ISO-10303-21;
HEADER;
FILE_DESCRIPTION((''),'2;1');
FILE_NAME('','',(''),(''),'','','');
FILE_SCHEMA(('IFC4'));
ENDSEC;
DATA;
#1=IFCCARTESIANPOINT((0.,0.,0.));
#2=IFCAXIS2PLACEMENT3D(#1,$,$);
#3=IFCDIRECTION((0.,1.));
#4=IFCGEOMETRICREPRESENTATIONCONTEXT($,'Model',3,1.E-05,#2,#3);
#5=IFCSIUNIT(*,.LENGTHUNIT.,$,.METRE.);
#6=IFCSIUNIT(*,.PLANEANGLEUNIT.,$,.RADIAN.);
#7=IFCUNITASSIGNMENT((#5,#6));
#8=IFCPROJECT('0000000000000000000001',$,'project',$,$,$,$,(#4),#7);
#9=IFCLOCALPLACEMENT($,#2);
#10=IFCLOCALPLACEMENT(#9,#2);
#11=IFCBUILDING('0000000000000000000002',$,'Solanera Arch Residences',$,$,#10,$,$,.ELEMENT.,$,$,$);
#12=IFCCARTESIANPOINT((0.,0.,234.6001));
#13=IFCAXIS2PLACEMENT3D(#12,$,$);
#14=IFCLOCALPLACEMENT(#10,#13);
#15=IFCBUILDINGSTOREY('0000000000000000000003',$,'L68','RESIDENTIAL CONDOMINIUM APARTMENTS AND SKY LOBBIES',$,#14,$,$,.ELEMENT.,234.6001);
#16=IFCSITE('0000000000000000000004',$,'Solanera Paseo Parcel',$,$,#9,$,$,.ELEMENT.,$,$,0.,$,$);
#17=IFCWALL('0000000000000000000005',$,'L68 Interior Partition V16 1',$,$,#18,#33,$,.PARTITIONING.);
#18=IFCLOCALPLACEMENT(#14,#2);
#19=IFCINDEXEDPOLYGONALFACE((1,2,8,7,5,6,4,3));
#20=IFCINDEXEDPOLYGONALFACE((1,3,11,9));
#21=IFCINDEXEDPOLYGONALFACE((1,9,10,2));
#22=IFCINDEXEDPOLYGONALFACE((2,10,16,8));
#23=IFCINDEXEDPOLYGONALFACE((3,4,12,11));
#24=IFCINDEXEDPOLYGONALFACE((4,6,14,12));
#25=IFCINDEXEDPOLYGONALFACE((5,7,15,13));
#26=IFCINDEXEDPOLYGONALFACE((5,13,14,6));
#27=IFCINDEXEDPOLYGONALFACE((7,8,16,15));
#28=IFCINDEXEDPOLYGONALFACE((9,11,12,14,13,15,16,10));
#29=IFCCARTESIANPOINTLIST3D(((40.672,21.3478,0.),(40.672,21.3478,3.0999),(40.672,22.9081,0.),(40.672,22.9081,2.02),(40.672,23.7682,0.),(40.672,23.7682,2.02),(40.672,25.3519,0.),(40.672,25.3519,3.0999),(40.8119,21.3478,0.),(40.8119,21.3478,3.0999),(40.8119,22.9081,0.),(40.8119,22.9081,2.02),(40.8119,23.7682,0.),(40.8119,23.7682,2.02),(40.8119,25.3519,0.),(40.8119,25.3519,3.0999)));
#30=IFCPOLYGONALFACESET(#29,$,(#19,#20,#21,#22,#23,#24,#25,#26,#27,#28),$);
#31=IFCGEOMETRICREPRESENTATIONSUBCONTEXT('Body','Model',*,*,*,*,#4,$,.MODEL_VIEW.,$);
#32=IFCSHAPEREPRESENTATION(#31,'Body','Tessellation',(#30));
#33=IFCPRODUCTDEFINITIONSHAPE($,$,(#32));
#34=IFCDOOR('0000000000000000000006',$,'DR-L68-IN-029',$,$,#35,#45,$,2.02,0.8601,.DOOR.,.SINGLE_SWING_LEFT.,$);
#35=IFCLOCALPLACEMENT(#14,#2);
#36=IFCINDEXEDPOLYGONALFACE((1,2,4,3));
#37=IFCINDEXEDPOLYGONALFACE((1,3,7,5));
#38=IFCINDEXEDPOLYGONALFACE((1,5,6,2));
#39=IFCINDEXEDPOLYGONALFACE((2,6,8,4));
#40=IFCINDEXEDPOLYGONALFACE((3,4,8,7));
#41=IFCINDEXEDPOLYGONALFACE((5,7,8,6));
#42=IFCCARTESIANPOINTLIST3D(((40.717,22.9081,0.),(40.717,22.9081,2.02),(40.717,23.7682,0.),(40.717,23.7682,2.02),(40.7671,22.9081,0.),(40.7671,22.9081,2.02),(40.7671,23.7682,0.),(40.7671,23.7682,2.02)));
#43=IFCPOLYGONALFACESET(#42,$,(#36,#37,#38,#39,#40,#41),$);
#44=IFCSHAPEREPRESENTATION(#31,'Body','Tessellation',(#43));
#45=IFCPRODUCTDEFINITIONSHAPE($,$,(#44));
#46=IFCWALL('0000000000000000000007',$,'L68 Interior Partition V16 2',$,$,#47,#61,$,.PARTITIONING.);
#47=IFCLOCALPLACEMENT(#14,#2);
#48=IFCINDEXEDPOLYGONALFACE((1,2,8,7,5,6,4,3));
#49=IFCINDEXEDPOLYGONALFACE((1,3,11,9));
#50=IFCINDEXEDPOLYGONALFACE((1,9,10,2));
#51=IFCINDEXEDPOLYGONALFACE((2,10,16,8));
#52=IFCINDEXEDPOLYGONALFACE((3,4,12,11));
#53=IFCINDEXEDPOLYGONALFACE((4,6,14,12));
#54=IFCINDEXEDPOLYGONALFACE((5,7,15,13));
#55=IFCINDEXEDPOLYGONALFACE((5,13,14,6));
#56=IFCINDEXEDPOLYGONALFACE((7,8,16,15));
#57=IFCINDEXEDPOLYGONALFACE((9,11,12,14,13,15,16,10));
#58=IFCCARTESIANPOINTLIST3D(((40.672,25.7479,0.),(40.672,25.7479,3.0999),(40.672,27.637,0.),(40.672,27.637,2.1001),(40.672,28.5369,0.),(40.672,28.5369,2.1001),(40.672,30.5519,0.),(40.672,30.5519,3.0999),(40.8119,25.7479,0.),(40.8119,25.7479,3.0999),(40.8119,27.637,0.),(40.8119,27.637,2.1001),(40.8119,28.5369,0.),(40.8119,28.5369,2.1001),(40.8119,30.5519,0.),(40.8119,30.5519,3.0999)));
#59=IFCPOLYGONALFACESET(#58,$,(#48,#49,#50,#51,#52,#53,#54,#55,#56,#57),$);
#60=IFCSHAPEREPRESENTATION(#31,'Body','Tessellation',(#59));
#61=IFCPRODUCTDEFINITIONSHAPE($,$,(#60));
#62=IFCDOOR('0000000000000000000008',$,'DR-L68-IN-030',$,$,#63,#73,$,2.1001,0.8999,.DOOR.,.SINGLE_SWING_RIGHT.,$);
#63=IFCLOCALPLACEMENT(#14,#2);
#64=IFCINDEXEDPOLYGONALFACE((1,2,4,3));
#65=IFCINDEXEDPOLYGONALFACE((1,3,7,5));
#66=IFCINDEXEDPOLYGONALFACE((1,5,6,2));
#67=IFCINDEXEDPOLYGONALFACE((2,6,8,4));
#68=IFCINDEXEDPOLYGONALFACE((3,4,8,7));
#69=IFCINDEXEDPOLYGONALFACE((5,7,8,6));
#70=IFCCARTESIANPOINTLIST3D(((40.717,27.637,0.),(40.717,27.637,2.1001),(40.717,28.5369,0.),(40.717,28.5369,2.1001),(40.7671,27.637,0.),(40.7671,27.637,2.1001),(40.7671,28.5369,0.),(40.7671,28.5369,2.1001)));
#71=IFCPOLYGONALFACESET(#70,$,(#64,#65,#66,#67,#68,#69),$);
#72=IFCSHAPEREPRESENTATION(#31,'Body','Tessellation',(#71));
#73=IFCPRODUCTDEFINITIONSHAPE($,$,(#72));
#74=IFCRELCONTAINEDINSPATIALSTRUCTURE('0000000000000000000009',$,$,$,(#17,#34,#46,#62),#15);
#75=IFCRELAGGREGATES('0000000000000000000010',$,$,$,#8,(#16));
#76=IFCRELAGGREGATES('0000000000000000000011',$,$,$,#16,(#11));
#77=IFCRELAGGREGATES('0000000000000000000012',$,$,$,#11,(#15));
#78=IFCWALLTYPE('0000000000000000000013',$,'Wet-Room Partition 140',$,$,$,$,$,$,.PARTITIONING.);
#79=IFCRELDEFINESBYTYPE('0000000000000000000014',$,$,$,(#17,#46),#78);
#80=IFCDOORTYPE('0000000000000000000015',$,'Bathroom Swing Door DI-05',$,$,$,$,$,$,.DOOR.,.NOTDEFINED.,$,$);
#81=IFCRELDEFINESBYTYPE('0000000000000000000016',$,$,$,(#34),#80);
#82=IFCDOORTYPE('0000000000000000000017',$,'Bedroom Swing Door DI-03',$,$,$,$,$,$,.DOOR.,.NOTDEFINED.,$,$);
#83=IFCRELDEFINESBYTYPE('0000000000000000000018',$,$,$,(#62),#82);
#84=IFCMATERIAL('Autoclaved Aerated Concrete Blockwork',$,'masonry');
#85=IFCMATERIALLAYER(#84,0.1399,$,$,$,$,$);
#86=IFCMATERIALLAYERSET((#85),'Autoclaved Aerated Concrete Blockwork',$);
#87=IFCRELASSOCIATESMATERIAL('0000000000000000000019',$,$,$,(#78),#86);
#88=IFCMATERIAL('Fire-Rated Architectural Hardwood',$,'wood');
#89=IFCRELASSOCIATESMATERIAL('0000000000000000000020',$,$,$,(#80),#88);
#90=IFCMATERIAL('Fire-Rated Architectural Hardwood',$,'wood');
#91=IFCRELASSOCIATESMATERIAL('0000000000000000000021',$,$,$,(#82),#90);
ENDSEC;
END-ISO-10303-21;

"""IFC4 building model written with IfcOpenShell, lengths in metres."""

from ifc_helpers import new_model, si_unit, direction, frame, frame_2d, origin, place, context, subcontext, project, spatial, rectangle, extrude, material, layer, layer_set, type_object, element, fill, save


model = new_model("IFC4")

# Units and contexts
model_context = context("Model", 3, precision=1e-05, world=origin(), true_north=direction((0.0, 1.0)))
body_context = subcontext(model_context, "Body", "Model", "MODEL_VIEW")
ifc_project = project(units=[si_unit("LENGTHUNIT", "METRE"), si_unit("PLANEANGLEUNIT", "RADIAN")], contexts=[model_context])

# Site, building, storey
site_placement = place(None, origin())
site = spatial("IfcSite", under=ifc_project, at=site_placement, Name="Solanera Paseo Parcel", CompositionType="ELEMENT", RefElevation=0.0)
building_placement = place(site_placement, origin())
building = spatial("IfcBuilding", under=site, at=building_placement, Name="Solanera Arch Residences", CompositionType="ELEMENT")
storey_placement = place(building_placement, frame((0.0, 0.0, 234.6001)))
storey = spatial("IfcBuildingStorey", under=building, at=storey_placement, Name="L68", Description="RESIDENTIAL CONDOMINIUM APARTMENTS AND SKY LOBBIES", CompositionType="ELEMENT", Elevation=234.6001)

# Shared definitions
ifc_material_1 = material(Name="Autoclaved Aerated Concrete Blockwork", Category="masonry")
ifc_layer_1 = layer(ifc_material_1, 0.1399)
ifc_layer_set_1 = layer_set([ifc_layer_1], Name="Autoclaved Aerated Concrete Blockwork")
wall_type_1 = type_object("IfcWallType", Name="Wet-Room Partition 140", PredefinedType="PARTITIONING", material=ifc_layer_set_1)

# Walls, openings, doors
wall_1_placement = place(storey_placement, frame((40.7419, 21.3479, 0.0), z_axis=(0.0, 0.0, 1.0), x_axis=(0.0, 1.0, 0.0)))
wall_1 = element("IfcWall", 1, at=wall_1_placement, inside=storey, type_object=wall_type_1, Name="L68 Interior Partition V16 1", PredefinedType="PARTITIONING", context=body_context, shape_type="SweptSolid", body=[
    extrude(rectangle(XDim=4.0042, YDim=0.1399, at=frame_2d((2.002, 0.0))), origin(), (0.0, 0.0, 1.0), 3.0999),
])
opening_1_placement = place(wall_1_placement, frame((1.5601, 0.0, 0.0)))
opening_1 = element("IfcOpeningElement", 2, at=opening_1_placement, cuts=wall_1, PredefinedType="OPENING", context=body_context, shape_type="SweptSolid", body=[
    extrude(rectangle(XDim=0.8601, YDim=2.02, at=frame_2d((0.4302, 1.01))), frame((0.0, 0.0798, 0.0), z_axis=(0.0, -1.0, 0.0), x_axis=(1.0, 0.0, 0.0)), (0.0, 0.0, 1.0), 0.1599),
])
ifc_material_2 = material(Name="Fire-Rated Architectural Hardwood", Category="wood")
door_type_1 = type_object("IfcDoorType", Name="Bathroom Swing Door DI-05", OperationType="NOTDEFINED", PredefinedType="DOOR", material=ifc_material_2)
door_1_placement = place(opening_1_placement, origin())
door_1 = element("IfcDoor", 3, at=door_1_placement, inside=storey, type_object=door_type_1, Name="DR-L68-IN-029", OperationType="SINGLE_SWING_LEFT", OverallHeight=2.02, OverallWidth=0.8601, PredefinedType="DOOR", context=body_context, shape_type="SweptSolid", body=[
    extrude(rectangle(XDim=0.8601, YDim=2.02, at=frame_2d((0.4302, 1.01))), frame((0.0, 0.0249, 0.0), z_axis=(0.0, -1.0, 0.0), x_axis=(1.0, 0.0, 0.0)), (0.0, 0.0, 1.0), 0.05),
])
fill(opening_1, door_1)
wall_2_placement = place(storey_placement, frame((40.7419, 25.748, 0.0), z_axis=(0.0, 0.0, 1.0), x_axis=(0.0, 1.0, 0.0)))
wall_2 = element("IfcWall", 4, at=wall_2_placement, inside=storey, type_object=wall_type_1, Name="L68 Interior Partition V16 2", PredefinedType="PARTITIONING", context=body_context, shape_type="SweptSolid", body=[
    extrude(rectangle(XDim=4.804, YDim=0.1399, at=frame_2d((2.4019, 0.0))), origin(), (0.0, 0.0, 1.0), 3.0999),
])
opening_2_placement = place(wall_2_placement, frame((1.8889, 0.0, 0.0)))
opening_2 = element("IfcOpeningElement", 5, at=opening_2_placement, cuts=wall_2, PredefinedType="OPENING", context=body_context, shape_type="SweptSolid", body=[
    extrude(rectangle(XDim=0.8999, YDim=2.1001, at=frame_2d((0.45, 1.05))), frame((0.0, 0.0798, 0.0), z_axis=(0.0, -1.0, 0.0), x_axis=(1.0, 0.0, 0.0)), (0.0, 0.0, 1.0), 0.1599),
])
ifc_material_3 = material(Name="Fire-Rated Architectural Hardwood", Category="wood")
door_type_2 = type_object("IfcDoorType", Name="Bedroom Swing Door DI-03", OperationType="NOTDEFINED", PredefinedType="DOOR", material=ifc_material_3)
door_2_placement = place(opening_2_placement, origin())
door_2 = element("IfcDoor", 6, at=door_2_placement, inside=storey, type_object=door_type_2, Name="DR-L68-IN-030", OperationType="SINGLE_SWING_RIGHT", OverallHeight=2.1001, OverallWidth=0.8999, PredefinedType="DOOR", context=body_context, shape_type="SweptSolid", body=[
    extrude(rectangle(XDim=0.8999, YDim=2.1001, at=frame_2d((0.45, 1.05))), frame((0.0, 0.0249, 0.0), z_axis=(0.0, -1.0, 0.0), x_axis=(1.0, 0.0, 0.0)), (0.0, 0.0, 1.0), 0.05),
])
fill(opening_2, door_2)

save(model, "model.ifc")
